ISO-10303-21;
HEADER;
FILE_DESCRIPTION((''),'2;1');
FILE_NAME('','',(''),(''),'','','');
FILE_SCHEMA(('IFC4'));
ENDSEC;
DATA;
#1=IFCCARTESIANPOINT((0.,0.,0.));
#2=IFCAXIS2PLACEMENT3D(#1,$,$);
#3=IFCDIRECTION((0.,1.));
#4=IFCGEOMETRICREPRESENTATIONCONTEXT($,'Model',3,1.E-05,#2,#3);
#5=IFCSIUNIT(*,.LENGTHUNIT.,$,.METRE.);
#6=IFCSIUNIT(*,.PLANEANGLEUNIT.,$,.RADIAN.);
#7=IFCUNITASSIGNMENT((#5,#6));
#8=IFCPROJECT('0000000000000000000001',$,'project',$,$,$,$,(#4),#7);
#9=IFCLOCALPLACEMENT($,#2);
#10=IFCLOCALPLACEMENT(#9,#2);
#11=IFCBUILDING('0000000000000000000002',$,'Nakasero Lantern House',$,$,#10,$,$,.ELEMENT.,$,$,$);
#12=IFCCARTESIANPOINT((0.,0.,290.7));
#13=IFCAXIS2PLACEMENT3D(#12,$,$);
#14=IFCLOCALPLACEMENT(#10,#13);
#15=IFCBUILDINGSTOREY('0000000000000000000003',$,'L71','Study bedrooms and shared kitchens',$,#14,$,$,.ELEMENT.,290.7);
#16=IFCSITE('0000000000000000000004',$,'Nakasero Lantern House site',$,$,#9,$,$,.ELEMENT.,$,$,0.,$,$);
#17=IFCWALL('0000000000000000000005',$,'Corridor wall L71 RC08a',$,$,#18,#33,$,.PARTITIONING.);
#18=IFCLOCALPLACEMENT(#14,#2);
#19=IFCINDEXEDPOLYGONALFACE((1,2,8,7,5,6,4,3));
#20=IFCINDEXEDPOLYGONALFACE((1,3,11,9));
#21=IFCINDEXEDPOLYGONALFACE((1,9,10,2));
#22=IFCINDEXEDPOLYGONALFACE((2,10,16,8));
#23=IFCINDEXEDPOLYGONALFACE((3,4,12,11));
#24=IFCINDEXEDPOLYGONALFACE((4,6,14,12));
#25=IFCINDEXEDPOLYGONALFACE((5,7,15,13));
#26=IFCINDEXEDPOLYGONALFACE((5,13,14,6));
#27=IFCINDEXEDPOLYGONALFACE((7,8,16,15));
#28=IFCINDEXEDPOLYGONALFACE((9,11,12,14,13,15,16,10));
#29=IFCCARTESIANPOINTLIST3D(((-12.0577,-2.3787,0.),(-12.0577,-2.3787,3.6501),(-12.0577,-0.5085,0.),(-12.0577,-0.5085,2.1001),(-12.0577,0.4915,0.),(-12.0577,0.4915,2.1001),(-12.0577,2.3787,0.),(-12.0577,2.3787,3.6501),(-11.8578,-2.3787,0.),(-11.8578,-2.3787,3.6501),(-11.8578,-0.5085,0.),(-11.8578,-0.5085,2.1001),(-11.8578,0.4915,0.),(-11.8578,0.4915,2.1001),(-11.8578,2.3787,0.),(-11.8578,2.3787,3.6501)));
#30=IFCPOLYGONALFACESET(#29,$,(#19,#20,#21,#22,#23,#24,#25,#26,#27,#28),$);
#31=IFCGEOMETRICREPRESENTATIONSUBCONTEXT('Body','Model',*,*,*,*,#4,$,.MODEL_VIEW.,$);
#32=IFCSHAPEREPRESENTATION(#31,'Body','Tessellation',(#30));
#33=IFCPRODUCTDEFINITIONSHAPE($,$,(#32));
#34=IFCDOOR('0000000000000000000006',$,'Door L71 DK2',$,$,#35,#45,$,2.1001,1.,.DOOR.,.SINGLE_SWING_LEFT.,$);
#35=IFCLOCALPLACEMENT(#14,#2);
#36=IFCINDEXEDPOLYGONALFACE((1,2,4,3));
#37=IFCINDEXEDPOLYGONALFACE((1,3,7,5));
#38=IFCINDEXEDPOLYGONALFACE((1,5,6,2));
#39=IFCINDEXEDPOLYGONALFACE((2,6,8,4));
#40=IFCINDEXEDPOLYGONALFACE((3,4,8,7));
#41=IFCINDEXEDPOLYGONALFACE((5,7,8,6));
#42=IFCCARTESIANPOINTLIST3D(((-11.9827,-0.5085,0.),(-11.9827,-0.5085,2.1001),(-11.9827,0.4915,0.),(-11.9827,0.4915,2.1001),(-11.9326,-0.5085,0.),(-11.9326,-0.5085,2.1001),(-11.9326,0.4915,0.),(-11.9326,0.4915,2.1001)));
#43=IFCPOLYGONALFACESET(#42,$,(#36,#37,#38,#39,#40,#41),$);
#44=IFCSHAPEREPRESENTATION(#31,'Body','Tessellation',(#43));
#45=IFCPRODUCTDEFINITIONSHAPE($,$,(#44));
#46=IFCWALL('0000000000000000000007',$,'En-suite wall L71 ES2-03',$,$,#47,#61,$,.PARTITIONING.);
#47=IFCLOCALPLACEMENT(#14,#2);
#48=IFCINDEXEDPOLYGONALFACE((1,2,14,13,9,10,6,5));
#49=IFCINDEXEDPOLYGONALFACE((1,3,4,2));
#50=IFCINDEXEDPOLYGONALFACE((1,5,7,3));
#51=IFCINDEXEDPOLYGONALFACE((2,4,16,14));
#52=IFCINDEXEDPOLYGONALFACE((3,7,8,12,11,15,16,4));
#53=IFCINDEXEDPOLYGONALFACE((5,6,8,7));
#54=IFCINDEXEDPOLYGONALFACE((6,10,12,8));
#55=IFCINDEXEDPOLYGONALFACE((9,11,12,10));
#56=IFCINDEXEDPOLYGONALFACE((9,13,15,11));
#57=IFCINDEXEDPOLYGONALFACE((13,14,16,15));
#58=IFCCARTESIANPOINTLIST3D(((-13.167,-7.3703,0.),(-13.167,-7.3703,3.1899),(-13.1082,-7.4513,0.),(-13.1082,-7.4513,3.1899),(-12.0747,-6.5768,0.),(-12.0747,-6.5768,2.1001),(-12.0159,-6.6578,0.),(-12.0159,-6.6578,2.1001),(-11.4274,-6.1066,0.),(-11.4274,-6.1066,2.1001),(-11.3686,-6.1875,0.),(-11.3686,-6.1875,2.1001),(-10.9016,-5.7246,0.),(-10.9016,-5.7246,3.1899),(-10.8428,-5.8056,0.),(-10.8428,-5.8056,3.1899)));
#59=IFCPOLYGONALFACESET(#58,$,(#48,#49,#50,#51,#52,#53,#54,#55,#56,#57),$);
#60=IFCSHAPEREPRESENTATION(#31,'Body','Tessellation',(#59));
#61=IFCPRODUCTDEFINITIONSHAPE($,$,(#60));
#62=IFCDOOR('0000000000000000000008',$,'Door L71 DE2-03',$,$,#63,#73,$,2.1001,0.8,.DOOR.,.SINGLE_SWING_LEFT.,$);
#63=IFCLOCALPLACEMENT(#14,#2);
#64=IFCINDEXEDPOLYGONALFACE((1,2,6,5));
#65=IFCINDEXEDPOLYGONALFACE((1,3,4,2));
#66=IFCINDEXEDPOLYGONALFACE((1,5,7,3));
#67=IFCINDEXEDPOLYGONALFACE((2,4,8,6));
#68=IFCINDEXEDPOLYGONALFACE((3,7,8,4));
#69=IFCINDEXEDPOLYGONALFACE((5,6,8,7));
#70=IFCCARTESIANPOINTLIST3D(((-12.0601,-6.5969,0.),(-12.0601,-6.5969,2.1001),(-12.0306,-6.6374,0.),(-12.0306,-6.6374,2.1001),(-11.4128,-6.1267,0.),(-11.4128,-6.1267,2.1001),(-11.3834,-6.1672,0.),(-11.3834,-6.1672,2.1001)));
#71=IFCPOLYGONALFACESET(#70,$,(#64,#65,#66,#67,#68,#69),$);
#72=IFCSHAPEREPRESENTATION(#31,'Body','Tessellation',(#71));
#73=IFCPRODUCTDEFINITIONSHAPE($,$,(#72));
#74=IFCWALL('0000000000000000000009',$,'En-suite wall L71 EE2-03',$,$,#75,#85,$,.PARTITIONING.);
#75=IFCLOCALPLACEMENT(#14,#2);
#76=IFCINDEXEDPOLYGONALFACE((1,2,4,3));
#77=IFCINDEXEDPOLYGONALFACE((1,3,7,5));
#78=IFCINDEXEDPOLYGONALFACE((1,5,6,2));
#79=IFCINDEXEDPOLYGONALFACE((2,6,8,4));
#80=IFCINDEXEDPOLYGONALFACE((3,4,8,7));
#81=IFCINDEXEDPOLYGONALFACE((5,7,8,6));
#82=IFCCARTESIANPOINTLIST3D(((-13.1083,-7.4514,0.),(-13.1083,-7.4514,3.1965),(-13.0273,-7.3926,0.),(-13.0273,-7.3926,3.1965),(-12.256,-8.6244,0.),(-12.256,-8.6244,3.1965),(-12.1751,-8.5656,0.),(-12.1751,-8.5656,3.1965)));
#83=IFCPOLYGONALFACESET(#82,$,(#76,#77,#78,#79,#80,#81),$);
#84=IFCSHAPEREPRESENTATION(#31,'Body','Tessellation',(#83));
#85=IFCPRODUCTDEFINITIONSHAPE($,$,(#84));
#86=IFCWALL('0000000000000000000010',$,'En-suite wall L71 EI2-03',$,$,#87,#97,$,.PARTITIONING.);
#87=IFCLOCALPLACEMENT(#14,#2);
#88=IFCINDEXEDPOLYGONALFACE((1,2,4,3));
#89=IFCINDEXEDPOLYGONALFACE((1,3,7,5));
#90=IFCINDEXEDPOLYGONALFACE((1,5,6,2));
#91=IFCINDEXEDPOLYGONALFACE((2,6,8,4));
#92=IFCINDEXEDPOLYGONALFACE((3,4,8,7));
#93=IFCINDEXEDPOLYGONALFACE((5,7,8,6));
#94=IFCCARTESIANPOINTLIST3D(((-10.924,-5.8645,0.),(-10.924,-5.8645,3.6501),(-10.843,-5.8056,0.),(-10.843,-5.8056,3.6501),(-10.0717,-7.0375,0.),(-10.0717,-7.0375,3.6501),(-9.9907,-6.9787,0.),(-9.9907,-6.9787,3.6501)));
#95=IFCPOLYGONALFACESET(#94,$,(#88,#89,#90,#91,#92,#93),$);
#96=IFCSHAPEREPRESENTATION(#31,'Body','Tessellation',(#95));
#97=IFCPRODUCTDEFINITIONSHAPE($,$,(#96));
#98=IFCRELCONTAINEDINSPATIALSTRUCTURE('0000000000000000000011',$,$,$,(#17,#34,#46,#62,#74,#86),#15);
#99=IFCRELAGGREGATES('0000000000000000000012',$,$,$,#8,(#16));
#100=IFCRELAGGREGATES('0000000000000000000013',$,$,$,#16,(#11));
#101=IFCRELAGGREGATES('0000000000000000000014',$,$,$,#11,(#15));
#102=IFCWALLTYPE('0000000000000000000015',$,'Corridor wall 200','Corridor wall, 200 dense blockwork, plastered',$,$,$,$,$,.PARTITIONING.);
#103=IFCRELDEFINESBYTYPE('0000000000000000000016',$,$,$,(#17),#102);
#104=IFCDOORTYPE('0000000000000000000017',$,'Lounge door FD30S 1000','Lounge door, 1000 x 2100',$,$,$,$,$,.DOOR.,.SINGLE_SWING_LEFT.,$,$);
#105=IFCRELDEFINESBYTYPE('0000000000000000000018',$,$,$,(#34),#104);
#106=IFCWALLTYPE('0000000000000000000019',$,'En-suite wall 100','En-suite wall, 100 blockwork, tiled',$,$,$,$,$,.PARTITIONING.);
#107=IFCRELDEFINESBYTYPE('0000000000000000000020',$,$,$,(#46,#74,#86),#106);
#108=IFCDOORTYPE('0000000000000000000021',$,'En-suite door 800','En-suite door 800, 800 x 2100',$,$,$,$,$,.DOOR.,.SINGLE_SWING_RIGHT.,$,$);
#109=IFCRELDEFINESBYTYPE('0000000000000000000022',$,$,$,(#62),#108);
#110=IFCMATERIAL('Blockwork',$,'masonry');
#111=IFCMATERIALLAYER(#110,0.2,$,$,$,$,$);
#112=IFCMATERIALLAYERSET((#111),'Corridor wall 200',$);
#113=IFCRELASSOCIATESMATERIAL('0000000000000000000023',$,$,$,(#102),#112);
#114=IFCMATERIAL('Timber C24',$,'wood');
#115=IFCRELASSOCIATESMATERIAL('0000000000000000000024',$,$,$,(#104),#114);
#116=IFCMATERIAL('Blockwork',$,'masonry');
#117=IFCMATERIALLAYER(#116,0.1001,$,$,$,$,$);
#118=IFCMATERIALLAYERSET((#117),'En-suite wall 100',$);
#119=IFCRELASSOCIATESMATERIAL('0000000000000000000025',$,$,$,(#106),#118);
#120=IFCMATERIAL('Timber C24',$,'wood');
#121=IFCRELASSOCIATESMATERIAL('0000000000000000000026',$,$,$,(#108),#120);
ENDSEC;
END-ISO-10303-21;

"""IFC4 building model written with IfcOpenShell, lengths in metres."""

from ifc_helpers import new_model, si_unit, direction, frame, frame_2d, origin, place, context, subcontext, project, spatial, rectangle, extrude, material, layer, layer_set, type_object, element, fill, save


model = new_model("IFC4")

# Units and contexts
model_context = context("Model", 3, precision=1e-05, world=origin(), true_north=direction((0.0, 1.0)))
body_context = subcontext(model_context, "Body", "Model", "MODEL_VIEW")
ifc_project = project(units=[si_unit("LENGTHUNIT", "METRE"), si_unit("PLANEANGLEUNIT", "RADIAN")], contexts=[model_context])

# Site, building, storey
site_placement = place(None, origin())
site = spatial("IfcSite", under=ifc_project, at=site_placement, Name="Nakasero Lantern House site", CompositionType="ELEMENT", RefElevation=0.0)
building_placement = place(site_placement, origin())
building = spatial("IfcBuilding", under=site, at=building_placement, Name="Nakasero Lantern House", CompositionType="ELEMENT")
storey_placement = place(building_placement, frame((0.0, 0.0, 290.7)))
storey = spatial("IfcBuildingStorey", under=building, at=storey_placement, Name="L71", Description="Study bedrooms and shared kitchens", CompositionType="ELEMENT", Elevation=290.7)

# Walls, openings, doors
ifc_material_1 = material(Name="Blockwork", Category="masonry")
ifc_layer_1 = layer(ifc_material_1, 0.2)
ifc_layer_set_1 = layer_set([ifc_layer_1], Name="Corridor wall 200")
wall_type_1 = type_object("IfcWallType", Name="Corridor wall 200", Description="Corridor wall, 200 dense blockwork, plastered", PredefinedType="PARTITIONING", material=ifc_layer_set_1)
wall_1_placement = place(storey_placement, frame((-11.9578, -2.3787, 0.0), z_axis=(0.0, 0.0, 1.0), x_axis=(0.0, 1.0, 0.0)))
wall_1 = element("IfcWall", 1, at=wall_1_placement, inside=storey, type_object=wall_type_1, Name="Corridor wall L71 RC08a", PredefinedType="PARTITIONING", context=body_context, shape_type="SweptSolid", body=[
    extrude(rectangle(XDim=4.7573, YDim=0.2, at=frame_2d((2.3787, 0.0))), origin(), (0.0, 0.0, 1.0), 3.6501),
])
opening_1_placement = place(wall_1_placement, frame((1.8701, 0.0, 0.0)))
opening_1 = element("IfcOpeningElement", 2, at=opening_1_placement, cuts=wall_1, PredefinedType="OPENING", context=body_context, shape_type="SweptSolid", body=[
    extrude(rectangle(XDim=1.0, YDim=2.1001, at=frame_2d((0.5, 1.05))), frame((0.0, 0.1199, 0.0), z_axis=(0.0, -1.0, 0.0), x_axis=(1.0, 0.0, 0.0)), (0.0, 0.0, 1.0), 0.24),
])
ifc_material_2 = material(Name="Timber C24", Category="wood")
door_type_1 = type_object("IfcDoorType", Name="Lounge door FD30S 1000", Description="Lounge door, 1000 x 2100", OperationType="SINGLE_SWING_LEFT", PredefinedType="DOOR", material=ifc_material_2)
door_1_placement = place(opening_1_placement, origin())
door_1 = element("IfcDoor", 3, at=door_1_placement, inside=storey, type_object=door_type_1, Name="Door L71 DK2", OperationType="SINGLE_SWING_LEFT", OverallHeight=2.1001, OverallWidth=1.0, PredefinedType="DOOR", context=body_context, shape_type="SweptSolid", body=[
    extrude(rectangle(XDim=1.0, YDim=2.1001, at=frame_2d((0.5, 1.05))), frame((0.0, 0.0249, 0.0), z_axis=(0.0, -1.0, 0.0), x_axis=(1.0, 0.0, 0.0)), (0.0, 0.0, 1.0), 0.05),
])
fill(opening_1, door_1)
ifc_material_3 = material(Name="Blockwork", Category="masonry")
ifc_layer_2 = layer(ifc_material_3, 0.1001)
ifc_layer_set_2 = layer_set([ifc_layer_2], Name="En-suite wall 100")
wall_type_2 = type_object("IfcWallType", Name="En-suite wall 100", Description="En-suite wall, 100 blockwork, tiled", PredefinedType="PARTITIONING", material=ifc_layer_set_2)
wall_2_placement = place(storey_placement, frame((-10.8723, -5.7651, 0.0), z_axis=(0.0, 0.0, 1.0), x_axis=(-0.809041, -0.587752, 0.0)))
wall_2 = element("IfcWall", 4, at=wall_2_placement, inside=storey, type_object=wall_type_2, Name="En-suite wall L71 ES2-03", PredefinedType="PARTITIONING", context=body_context, shape_type="SweptSolid", body=[
    extrude(rectangle(XDim=2.8, YDim=0.1001, at=frame_2d((1.3999, 0.0))), origin(), (0.0, 0.0, 1.0), 3.1899),
])
opening_2_placement = place(wall_2_placement, frame((0.6499, 0.0, 0.0)))
opening_2 = element("IfcOpeningElement", 5, at=opening_2_placement, cuts=wall_2, PredefinedType="OPENING", context=body_context, shape_type="SweptSolid", body=[
    extrude(rectangle(XDim=0.8, YDim=2.1001, at=frame_2d((0.3999, 1.05))), frame((0.0, 0.0701, 0.0), z_axis=(0.0, -1.0, 0.0), x_axis=(1.0, 0.0, 0.0)), (0.0, 0.0, 1.0), 0.1401),
])
ifc_material_4 = material(Name="Timber C24", Category="wood")
door_type_2 = type_object("IfcDoorType", Name="En-suite door 800", Description="En-suite door 800, 800 x 2100", OperationType="SINGLE_SWING_RIGHT", PredefinedType="DOOR", material=ifc_material_4)
door_2_placement = place(opening_2_placement, origin())
door_2 = element("IfcDoor", 6, at=door_2_placement, inside=storey, type_object=door_type_2, Name="Door L71 DE2-03", OperationType="SINGLE_SWING_LEFT", OverallHeight=2.1001, OverallWidth=0.8, PredefinedType="DOOR", context=body_context, shape_type="SweptSolid", body=[
    extrude(rectangle(XDim=0.8, YDim=2.1001, at=frame_2d((0.3999, 1.05))), frame((0.0, 0.0249, 0.0), z_axis=(0.0, -1.0, 0.0), x_axis=(1.0, 0.0, 0.0)), (0.0, 0.0, 1.0), 0.05),
])
fill(opening_2, door_2)

# Walls
wall_3_placement = place(storey_placement, frame((-13.0679, -7.4219, 0.0), z_axis=(0.0, 0.0, 1.0), x_axis=(0.587781, -0.80902, 0.0)))
element("IfcWall", 7, at=wall_3_placement, inside=storey, type_object=wall_type_2, Name="En-suite wall L71 EE2-03", PredefinedType="PARTITIONING", context=body_context, shape_type="SweptSolid", body=[
    extrude(rectangle(XDim=1.45, YDim=0.1001, at=frame_2d((0.7251, 0.0))), origin(), (0.0, 0.0, 1.0), 3.1965),
])
wall_4_placement = place(storey_placement, frame((-10.8835, -5.835, 0.0), z_axis=(0.0, 0.0, 1.0), x_axis=(0.587781, -0.80902, 0.0)))
element("IfcWall", 8, at=wall_4_placement, inside=storey, type_object=wall_type_2, Name="En-suite wall L71 EI2-03", PredefinedType="PARTITIONING", context=body_context, shape_type="SweptSolid", body=[
    extrude(rectangle(XDim=1.45, YDim=0.1001, at=frame_2d((0.7251, 0.0))), origin(), (0.0, 0.0, 1.0), 3.6501),
])

save(model, "model.ifc")
